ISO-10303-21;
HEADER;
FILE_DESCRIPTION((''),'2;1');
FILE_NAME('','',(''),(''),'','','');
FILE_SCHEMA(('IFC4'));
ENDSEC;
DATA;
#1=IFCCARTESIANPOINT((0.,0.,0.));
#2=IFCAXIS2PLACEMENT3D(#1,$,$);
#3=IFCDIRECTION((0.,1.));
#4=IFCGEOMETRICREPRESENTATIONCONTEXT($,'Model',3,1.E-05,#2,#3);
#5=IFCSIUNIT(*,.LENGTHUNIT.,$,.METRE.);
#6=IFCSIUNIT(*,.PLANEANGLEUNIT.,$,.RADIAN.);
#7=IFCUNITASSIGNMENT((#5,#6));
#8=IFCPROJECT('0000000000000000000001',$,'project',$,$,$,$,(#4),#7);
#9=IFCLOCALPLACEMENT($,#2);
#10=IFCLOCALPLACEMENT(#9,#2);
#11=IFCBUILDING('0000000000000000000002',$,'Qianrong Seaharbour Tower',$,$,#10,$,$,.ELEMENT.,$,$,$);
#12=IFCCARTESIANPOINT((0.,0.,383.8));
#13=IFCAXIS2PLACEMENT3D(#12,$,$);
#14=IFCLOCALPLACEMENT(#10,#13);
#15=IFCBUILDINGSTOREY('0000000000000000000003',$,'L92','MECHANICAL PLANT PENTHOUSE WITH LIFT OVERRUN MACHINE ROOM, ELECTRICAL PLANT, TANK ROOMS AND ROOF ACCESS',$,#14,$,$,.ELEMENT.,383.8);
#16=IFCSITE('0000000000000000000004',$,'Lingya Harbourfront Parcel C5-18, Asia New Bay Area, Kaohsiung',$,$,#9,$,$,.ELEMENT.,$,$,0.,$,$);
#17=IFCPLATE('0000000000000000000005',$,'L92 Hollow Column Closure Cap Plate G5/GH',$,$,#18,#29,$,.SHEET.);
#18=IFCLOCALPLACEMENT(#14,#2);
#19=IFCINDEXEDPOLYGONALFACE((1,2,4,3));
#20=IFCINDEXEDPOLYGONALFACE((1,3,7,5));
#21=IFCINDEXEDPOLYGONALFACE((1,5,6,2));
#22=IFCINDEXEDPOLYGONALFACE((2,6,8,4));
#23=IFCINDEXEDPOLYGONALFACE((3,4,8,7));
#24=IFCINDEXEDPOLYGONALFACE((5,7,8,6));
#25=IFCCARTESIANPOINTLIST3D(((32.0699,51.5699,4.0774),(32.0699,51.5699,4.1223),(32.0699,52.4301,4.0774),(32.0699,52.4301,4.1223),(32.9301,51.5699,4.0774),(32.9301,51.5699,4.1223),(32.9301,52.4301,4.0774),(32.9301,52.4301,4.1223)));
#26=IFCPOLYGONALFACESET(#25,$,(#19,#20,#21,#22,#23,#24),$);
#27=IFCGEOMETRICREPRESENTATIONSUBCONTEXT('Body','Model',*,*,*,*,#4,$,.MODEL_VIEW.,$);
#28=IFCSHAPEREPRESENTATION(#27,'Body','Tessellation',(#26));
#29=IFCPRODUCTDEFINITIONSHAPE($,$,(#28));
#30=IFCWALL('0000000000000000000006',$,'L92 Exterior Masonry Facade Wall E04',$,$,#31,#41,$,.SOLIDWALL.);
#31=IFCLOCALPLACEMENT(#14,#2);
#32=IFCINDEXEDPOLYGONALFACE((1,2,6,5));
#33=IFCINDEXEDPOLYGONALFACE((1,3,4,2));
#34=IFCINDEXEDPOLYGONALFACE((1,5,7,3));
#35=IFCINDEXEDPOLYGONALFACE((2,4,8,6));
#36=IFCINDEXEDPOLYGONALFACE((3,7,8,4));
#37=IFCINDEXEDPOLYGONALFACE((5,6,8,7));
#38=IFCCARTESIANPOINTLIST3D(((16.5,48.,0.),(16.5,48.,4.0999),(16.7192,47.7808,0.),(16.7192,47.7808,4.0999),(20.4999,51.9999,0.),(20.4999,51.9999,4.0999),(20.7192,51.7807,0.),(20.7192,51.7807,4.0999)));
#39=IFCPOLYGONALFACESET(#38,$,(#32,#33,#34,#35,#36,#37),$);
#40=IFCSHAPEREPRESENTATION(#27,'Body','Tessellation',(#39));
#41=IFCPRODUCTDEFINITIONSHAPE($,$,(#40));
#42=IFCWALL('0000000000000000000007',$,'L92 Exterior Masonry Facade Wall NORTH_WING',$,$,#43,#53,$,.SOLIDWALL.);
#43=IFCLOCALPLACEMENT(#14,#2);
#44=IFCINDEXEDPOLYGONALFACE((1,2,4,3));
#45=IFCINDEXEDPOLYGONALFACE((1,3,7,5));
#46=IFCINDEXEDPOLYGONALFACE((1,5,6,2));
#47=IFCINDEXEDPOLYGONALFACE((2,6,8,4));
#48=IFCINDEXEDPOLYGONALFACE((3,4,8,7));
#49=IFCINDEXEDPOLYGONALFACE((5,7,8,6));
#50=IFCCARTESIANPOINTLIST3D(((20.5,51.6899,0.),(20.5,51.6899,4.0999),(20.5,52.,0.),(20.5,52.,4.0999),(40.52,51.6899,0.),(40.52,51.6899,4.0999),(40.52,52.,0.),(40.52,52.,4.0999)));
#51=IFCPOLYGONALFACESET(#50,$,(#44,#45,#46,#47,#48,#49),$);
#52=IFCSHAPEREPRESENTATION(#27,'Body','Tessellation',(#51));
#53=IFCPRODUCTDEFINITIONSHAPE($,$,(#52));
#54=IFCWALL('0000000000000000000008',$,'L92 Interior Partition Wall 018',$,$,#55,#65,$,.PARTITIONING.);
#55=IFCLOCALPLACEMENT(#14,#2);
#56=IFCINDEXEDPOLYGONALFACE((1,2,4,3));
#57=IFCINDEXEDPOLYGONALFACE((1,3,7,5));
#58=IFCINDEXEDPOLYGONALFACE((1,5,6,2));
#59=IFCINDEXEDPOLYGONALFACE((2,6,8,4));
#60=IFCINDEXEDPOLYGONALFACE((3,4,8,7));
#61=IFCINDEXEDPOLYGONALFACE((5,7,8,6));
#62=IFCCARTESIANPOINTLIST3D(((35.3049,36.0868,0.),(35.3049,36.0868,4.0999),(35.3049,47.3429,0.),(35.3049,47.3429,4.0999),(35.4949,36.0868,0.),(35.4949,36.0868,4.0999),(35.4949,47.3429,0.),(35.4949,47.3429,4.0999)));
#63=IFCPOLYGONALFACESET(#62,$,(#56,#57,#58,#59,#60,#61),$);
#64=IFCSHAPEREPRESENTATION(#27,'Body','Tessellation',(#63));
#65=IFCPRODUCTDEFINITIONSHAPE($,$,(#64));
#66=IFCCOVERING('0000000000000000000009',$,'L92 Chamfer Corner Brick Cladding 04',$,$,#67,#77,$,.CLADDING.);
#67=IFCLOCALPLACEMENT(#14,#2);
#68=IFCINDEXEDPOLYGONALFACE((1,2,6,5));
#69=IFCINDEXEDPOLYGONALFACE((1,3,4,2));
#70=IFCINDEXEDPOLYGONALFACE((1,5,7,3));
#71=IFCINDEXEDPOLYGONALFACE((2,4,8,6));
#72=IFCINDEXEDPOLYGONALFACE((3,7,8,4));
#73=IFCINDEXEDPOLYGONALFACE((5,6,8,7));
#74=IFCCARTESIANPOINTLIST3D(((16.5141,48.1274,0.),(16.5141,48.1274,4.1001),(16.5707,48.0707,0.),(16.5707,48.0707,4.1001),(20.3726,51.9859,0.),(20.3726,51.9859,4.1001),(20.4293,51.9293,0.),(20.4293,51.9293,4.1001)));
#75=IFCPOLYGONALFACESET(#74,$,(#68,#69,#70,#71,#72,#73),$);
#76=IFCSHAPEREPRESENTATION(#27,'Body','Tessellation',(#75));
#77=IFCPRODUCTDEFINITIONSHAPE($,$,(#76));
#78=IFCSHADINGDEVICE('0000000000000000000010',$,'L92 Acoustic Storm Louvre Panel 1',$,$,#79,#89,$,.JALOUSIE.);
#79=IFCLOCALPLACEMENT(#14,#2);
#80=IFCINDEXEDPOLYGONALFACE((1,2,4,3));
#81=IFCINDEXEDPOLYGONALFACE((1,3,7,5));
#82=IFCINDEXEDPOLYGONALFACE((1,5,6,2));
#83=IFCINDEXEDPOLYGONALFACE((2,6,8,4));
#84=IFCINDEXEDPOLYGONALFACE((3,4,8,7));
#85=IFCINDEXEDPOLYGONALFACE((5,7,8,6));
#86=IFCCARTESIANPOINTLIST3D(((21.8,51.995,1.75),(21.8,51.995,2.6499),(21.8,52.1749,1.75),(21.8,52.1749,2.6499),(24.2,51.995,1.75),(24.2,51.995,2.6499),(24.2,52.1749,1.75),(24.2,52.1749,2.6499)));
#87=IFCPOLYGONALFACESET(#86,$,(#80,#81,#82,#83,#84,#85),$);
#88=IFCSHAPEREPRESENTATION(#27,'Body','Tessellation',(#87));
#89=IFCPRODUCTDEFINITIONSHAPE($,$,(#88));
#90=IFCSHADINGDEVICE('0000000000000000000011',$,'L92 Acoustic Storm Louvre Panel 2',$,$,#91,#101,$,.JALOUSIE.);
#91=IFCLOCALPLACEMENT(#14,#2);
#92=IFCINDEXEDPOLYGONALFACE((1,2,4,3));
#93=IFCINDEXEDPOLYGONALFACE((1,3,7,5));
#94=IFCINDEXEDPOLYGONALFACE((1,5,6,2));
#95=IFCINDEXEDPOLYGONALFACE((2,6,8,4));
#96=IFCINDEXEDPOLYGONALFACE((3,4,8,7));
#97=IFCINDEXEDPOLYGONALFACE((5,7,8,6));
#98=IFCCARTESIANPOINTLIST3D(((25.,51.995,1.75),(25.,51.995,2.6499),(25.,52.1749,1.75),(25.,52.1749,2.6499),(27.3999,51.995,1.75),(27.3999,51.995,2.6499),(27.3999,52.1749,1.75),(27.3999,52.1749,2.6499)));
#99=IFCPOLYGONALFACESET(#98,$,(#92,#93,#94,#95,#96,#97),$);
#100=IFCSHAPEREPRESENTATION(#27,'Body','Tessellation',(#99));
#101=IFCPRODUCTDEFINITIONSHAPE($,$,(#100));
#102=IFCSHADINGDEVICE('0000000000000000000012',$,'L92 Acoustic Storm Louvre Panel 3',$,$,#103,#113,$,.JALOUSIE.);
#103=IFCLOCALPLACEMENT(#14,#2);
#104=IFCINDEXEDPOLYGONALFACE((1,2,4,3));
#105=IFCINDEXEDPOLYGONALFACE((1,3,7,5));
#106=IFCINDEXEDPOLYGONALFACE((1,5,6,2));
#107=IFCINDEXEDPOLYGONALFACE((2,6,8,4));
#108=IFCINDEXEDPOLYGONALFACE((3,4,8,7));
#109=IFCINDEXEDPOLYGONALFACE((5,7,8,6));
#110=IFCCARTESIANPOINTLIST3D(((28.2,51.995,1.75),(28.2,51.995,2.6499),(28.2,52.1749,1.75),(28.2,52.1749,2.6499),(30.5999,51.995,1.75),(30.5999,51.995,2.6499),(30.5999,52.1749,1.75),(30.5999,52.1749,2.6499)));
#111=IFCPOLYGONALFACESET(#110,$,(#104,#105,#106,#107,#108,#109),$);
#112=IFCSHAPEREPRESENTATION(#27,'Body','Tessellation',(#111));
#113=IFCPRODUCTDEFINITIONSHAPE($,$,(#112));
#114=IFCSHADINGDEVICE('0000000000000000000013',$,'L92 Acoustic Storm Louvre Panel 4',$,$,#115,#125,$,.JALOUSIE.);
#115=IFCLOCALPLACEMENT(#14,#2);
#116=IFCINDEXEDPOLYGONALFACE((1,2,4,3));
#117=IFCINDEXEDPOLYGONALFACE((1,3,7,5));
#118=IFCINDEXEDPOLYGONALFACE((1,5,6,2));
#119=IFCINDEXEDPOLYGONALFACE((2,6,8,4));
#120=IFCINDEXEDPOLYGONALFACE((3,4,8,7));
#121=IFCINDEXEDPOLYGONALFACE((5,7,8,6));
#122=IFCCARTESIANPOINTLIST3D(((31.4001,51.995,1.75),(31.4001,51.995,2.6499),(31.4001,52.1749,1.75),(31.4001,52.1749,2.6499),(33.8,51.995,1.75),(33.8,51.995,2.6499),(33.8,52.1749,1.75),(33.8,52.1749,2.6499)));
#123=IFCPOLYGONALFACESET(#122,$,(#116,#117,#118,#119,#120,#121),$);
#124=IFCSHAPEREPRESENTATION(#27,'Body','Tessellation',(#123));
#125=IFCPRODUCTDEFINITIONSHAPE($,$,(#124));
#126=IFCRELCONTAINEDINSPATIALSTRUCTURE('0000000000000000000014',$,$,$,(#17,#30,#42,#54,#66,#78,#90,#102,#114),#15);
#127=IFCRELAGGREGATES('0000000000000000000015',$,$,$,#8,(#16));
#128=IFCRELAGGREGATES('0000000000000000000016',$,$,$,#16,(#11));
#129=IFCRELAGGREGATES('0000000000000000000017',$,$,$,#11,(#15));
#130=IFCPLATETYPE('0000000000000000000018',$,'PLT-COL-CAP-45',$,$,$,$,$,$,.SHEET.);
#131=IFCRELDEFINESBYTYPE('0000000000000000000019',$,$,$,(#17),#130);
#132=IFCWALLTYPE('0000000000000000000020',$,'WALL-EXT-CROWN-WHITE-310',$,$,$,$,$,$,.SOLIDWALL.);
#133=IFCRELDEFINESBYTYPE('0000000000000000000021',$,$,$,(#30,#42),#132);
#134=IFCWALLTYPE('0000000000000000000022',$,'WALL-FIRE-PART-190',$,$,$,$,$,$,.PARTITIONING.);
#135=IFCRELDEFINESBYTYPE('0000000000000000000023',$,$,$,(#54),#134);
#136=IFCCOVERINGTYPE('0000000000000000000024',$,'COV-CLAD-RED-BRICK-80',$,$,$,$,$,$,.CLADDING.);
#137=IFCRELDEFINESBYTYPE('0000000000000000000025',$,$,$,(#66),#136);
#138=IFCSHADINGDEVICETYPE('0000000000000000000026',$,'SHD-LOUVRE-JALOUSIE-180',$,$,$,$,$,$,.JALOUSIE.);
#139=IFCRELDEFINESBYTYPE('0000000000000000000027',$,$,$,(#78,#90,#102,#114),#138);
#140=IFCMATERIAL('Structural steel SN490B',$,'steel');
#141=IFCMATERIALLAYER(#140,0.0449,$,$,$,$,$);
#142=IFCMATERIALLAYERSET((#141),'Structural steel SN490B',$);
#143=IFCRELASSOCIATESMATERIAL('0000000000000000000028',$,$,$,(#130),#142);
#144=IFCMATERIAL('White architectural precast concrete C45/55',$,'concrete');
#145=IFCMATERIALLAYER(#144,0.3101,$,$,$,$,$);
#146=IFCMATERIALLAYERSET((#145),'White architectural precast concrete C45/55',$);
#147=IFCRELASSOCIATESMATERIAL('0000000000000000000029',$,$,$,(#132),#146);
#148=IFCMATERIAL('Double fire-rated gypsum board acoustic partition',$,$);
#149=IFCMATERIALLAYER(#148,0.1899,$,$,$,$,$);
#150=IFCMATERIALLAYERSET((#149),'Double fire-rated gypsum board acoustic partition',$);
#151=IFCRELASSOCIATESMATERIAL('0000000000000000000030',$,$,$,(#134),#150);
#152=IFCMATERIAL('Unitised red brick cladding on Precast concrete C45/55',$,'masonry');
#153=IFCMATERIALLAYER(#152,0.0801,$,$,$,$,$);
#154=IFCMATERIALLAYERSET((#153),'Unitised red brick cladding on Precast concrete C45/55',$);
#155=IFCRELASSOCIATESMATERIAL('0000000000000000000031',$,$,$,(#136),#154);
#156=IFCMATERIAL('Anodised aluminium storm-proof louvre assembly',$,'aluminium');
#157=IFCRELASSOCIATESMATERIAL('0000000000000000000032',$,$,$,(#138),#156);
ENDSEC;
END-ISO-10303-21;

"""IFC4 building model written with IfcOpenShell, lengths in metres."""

from ifc_helpers import new_model, si_unit, direction, frame, frame_2d, origin, origin_2d, place, context, subcontext, project, spatial, rectangle, extrude, material, layer, layer_set, type_object, element, save


model = new_model("IFC4")

# Units and contexts
model_context = context("Model", 3, precision=1e-05, world=origin(), true_north=direction((0.0, 1.0)))
body_context = subcontext(model_context, "Body", "Model", "MODEL_VIEW")
ifc_project = project(units=[si_unit("LENGTHUNIT", "METRE"), si_unit("PLANEANGLEUNIT", "RADIAN")], contexts=[model_context])

# Site, building, storey
site_placement = place(None, origin())
site = spatial("IfcSite", under=ifc_project, at=site_placement, Name="Lingya Harbourfront Parcel C5-18, Asia New Bay Area, Kaohsiung", CompositionType="ELEMENT", RefElevation=0.0)
building_placement = place(site_placement, origin())
building = spatial("IfcBuilding", under=site, at=building_placement, Name="Qianrong Seaharbour Tower", CompositionType="ELEMENT")
storey_placement = place(building_placement, frame((0.0, 0.0, 383.8)))
storey = spatial("IfcBuildingStorey", under=building, at=storey_placement, Name="L92", Description="MECHANICAL PLANT PENTHOUSE WITH LIFT OVERRUN MACHINE ROOM, ELECTRICAL PLANT, TANK ROOMS AND ROOF ACCESS", CompositionType="ELEMENT", Elevation=383.8)

# Shared definitions
ifc_material_1 = material(Name="Structural steel SN490B", Category="steel")

# Plate
ifc_layer_1 = layer(ifc_material_1, 0.0449)
ifc_layer_set_1 = layer_set([ifc_layer_1], Name="Structural steel SN490B")
plate_type = type_object("IfcPlateType", Name="PLT-COL-CAP-45", PredefinedType="SHEET", material=ifc_layer_set_1)
plate_1_placement = place(storey_placement, frame((32.5, 52.0, 4.0774), z_axis=(0.0, 0.0, 1.0), x_axis=(1.0, 0.0, 0.0)))
element("IfcPlate", 1, at=plate_1_placement, inside=storey, type_object=plate_type, Name="L92 Hollow Column Closure Cap Plate G5/GH", PredefinedType="SHEET", context=body_context, shape_type="SweptSolid", body=[
    extrude(rectangle(XDim=0.8601, YDim=0.8601, at=origin_2d()), origin(), (0.0, 0.0, 1.0), 0.0449),
])

# Walls
ifc_material_2 = material(Name="White architectural precast concrete C45/55", Category="concrete")
ifc_layer_2 = layer(ifc_material_2, 0.3101)
ifc_layer_set_2 = layer_set([ifc_layer_2], Name="White architectural precast concrete C45/55")
wall_type_1 = type_object("IfcWallType", Name="WALL-EXT-CROWN-WHITE-310", PredefinedType="SOLIDWALL", material=ifc_layer_set_2)
wall_1_placement = place(storey_placement, frame((16.6096, 47.8904, 0.0), z_axis=(0.0, 0.0, 1.0), x_axis=(0.707107, 0.707107, 0.0)))
element("IfcWall", 2, at=wall_1_placement, inside=storey, type_object=wall_type_1, Name="L92 Exterior Masonry Facade Wall E04", PredefinedType="SOLIDWALL", context=body_context, shape_type="SweptSolid", body=[
    extrude(rectangle(XDim=5.6567, YDim=0.3101, at=frame_2d((2.8284, 0.0))), origin(), (0.0, 0.0, 1.0), 4.0999),
])
wall_2_placement = place(storey_placement, frame((20.5, 51.845, 0.0), z_axis=(0.0, 0.0, 1.0), x_axis=(1.0, 0.0, 0.0)))
element("IfcWall", 3, at=wall_2_placement, inside=storey, type_object=wall_type_1, Name="L92 Exterior Masonry Facade Wall NORTH_WING", PredefinedType="SOLIDWALL", context=body_context, shape_type="SweptSolid", body=[
    extrude(rectangle(XDim=20.02, YDim=0.3101, at=frame_2d((10.01, 0.0))), origin(), (0.0, 0.0, 1.0), 4.0999),
])
ifc_material_3 = material(Name="Double fire-rated gypsum board acoustic partition")
ifc_layer_3 = layer(ifc_material_3, 0.1899)
ifc_layer_set_3 = layer_set([ifc_layer_3], Name="Double fire-rated gypsum board acoustic partition")
wall_type_2 = type_object("IfcWallType", Name="WALL-FIRE-PART-190", PredefinedType="PARTITIONING", material=ifc_layer_set_3)
wall_3_placement = place(storey_placement, frame((35.3999, 36.0869, 0.0), z_axis=(0.0, 0.0, 1.0), x_axis=(0.0, 1.0, 0.0)))
element("IfcWall", 4, at=wall_3_placement, inside=storey, type_object=wall_type_2, Name="L92 Interior Partition Wall 018", PredefinedType="PARTITIONING", context=body_context, shape_type="SweptSolid", body=[
    extrude(rectangle(XDim=11.2561, YDim=0.1899, at=frame_2d((5.6279, 0.0))), origin(), (0.0, 0.0, 1.0), 4.0999),
])

# Covering
ifc_material_4 = material(Name="Unitised red brick cladding on Precast concrete C45/55", Category="masonry")
ifc_layer_4 = layer(ifc_material_4, 0.0801)
ifc_layer_set_4 = layer_set([ifc_layer_4], Name="Unitised red brick cladding on Precast concrete C45/55")
covering_type = type_object("IfcCoveringType", Name="COV-CLAD-RED-BRICK-80", PredefinedType="CLADDING", material=ifc_layer_set_4)
covering_placement = place(storey_placement, frame((18.4717, 50.0283, 0.0), z_axis=(0.0, 0.0, 1.0), x_axis=(0.707107, 0.707107, 0.0)))
element("IfcCovering", 5, at=covering_placement, inside=storey, type_object=covering_type, Name="L92 Chamfer Corner Brick Cladding 04", PredefinedType="CLADDING", context=body_context, shape_type="SweptSolid", body=[
    extrude(rectangle(XDim=5.4568, YDim=0.0801, at=origin_2d()), origin(), (0.0, 0.0, 1.0), 4.1001),
])

# Shading devices
ifc_material_5 = material(Name="Anodised aluminium storm-proof louvre assembly", Category="aluminium")
shading_device_type = type_object("IfcShadingDeviceType", Name="SHD-LOUVRE-JALOUSIE-180", PredefinedType="JALOUSIE", material=ifc_material_5)
for number, where, z_axis, x_axis, name in (
    (6, (23.0, 52.085, 1.75), (0.0, 0.0, 1.0), (1.0, 0.0, 0.0), "L92 Acoustic Storm Louvre Panel 1"),
    (7, (26.2, 52.085, 1.75), (0.0, 0.0, 1.0), (1.0, 0.0, 0.0), "L92 Acoustic Storm Louvre Panel 2"),
    (8, (29.3999, 52.085, 1.75), (0.0, 0.0, 1.0), (1.0, 0.0, 0.0), "L92 Acoustic Storm Louvre Panel 3"),
    (9, (32.6001, 52.085, 1.75), (0.0, 0.0, 1.0), (1.0, 0.0, 0.0), "L92 Acoustic Storm Louvre Panel 4"),
):
    element("IfcShadingDevice", number, at=place(storey_placement, frame(where, z_axis=z_axis, x_axis=x_axis)), inside=storey, type_object=shading_device_type, Name=name, PredefinedType="JALOUSIE", context=body_context, shape_type="SweptSolid", body=[
        extrude(rectangle(XDim=2.3999, YDim=0.1799, at=origin_2d()), origin(), (0.0, 0.0, 1.0), 0.8999),
    ])

save(model, "model.ifc")
